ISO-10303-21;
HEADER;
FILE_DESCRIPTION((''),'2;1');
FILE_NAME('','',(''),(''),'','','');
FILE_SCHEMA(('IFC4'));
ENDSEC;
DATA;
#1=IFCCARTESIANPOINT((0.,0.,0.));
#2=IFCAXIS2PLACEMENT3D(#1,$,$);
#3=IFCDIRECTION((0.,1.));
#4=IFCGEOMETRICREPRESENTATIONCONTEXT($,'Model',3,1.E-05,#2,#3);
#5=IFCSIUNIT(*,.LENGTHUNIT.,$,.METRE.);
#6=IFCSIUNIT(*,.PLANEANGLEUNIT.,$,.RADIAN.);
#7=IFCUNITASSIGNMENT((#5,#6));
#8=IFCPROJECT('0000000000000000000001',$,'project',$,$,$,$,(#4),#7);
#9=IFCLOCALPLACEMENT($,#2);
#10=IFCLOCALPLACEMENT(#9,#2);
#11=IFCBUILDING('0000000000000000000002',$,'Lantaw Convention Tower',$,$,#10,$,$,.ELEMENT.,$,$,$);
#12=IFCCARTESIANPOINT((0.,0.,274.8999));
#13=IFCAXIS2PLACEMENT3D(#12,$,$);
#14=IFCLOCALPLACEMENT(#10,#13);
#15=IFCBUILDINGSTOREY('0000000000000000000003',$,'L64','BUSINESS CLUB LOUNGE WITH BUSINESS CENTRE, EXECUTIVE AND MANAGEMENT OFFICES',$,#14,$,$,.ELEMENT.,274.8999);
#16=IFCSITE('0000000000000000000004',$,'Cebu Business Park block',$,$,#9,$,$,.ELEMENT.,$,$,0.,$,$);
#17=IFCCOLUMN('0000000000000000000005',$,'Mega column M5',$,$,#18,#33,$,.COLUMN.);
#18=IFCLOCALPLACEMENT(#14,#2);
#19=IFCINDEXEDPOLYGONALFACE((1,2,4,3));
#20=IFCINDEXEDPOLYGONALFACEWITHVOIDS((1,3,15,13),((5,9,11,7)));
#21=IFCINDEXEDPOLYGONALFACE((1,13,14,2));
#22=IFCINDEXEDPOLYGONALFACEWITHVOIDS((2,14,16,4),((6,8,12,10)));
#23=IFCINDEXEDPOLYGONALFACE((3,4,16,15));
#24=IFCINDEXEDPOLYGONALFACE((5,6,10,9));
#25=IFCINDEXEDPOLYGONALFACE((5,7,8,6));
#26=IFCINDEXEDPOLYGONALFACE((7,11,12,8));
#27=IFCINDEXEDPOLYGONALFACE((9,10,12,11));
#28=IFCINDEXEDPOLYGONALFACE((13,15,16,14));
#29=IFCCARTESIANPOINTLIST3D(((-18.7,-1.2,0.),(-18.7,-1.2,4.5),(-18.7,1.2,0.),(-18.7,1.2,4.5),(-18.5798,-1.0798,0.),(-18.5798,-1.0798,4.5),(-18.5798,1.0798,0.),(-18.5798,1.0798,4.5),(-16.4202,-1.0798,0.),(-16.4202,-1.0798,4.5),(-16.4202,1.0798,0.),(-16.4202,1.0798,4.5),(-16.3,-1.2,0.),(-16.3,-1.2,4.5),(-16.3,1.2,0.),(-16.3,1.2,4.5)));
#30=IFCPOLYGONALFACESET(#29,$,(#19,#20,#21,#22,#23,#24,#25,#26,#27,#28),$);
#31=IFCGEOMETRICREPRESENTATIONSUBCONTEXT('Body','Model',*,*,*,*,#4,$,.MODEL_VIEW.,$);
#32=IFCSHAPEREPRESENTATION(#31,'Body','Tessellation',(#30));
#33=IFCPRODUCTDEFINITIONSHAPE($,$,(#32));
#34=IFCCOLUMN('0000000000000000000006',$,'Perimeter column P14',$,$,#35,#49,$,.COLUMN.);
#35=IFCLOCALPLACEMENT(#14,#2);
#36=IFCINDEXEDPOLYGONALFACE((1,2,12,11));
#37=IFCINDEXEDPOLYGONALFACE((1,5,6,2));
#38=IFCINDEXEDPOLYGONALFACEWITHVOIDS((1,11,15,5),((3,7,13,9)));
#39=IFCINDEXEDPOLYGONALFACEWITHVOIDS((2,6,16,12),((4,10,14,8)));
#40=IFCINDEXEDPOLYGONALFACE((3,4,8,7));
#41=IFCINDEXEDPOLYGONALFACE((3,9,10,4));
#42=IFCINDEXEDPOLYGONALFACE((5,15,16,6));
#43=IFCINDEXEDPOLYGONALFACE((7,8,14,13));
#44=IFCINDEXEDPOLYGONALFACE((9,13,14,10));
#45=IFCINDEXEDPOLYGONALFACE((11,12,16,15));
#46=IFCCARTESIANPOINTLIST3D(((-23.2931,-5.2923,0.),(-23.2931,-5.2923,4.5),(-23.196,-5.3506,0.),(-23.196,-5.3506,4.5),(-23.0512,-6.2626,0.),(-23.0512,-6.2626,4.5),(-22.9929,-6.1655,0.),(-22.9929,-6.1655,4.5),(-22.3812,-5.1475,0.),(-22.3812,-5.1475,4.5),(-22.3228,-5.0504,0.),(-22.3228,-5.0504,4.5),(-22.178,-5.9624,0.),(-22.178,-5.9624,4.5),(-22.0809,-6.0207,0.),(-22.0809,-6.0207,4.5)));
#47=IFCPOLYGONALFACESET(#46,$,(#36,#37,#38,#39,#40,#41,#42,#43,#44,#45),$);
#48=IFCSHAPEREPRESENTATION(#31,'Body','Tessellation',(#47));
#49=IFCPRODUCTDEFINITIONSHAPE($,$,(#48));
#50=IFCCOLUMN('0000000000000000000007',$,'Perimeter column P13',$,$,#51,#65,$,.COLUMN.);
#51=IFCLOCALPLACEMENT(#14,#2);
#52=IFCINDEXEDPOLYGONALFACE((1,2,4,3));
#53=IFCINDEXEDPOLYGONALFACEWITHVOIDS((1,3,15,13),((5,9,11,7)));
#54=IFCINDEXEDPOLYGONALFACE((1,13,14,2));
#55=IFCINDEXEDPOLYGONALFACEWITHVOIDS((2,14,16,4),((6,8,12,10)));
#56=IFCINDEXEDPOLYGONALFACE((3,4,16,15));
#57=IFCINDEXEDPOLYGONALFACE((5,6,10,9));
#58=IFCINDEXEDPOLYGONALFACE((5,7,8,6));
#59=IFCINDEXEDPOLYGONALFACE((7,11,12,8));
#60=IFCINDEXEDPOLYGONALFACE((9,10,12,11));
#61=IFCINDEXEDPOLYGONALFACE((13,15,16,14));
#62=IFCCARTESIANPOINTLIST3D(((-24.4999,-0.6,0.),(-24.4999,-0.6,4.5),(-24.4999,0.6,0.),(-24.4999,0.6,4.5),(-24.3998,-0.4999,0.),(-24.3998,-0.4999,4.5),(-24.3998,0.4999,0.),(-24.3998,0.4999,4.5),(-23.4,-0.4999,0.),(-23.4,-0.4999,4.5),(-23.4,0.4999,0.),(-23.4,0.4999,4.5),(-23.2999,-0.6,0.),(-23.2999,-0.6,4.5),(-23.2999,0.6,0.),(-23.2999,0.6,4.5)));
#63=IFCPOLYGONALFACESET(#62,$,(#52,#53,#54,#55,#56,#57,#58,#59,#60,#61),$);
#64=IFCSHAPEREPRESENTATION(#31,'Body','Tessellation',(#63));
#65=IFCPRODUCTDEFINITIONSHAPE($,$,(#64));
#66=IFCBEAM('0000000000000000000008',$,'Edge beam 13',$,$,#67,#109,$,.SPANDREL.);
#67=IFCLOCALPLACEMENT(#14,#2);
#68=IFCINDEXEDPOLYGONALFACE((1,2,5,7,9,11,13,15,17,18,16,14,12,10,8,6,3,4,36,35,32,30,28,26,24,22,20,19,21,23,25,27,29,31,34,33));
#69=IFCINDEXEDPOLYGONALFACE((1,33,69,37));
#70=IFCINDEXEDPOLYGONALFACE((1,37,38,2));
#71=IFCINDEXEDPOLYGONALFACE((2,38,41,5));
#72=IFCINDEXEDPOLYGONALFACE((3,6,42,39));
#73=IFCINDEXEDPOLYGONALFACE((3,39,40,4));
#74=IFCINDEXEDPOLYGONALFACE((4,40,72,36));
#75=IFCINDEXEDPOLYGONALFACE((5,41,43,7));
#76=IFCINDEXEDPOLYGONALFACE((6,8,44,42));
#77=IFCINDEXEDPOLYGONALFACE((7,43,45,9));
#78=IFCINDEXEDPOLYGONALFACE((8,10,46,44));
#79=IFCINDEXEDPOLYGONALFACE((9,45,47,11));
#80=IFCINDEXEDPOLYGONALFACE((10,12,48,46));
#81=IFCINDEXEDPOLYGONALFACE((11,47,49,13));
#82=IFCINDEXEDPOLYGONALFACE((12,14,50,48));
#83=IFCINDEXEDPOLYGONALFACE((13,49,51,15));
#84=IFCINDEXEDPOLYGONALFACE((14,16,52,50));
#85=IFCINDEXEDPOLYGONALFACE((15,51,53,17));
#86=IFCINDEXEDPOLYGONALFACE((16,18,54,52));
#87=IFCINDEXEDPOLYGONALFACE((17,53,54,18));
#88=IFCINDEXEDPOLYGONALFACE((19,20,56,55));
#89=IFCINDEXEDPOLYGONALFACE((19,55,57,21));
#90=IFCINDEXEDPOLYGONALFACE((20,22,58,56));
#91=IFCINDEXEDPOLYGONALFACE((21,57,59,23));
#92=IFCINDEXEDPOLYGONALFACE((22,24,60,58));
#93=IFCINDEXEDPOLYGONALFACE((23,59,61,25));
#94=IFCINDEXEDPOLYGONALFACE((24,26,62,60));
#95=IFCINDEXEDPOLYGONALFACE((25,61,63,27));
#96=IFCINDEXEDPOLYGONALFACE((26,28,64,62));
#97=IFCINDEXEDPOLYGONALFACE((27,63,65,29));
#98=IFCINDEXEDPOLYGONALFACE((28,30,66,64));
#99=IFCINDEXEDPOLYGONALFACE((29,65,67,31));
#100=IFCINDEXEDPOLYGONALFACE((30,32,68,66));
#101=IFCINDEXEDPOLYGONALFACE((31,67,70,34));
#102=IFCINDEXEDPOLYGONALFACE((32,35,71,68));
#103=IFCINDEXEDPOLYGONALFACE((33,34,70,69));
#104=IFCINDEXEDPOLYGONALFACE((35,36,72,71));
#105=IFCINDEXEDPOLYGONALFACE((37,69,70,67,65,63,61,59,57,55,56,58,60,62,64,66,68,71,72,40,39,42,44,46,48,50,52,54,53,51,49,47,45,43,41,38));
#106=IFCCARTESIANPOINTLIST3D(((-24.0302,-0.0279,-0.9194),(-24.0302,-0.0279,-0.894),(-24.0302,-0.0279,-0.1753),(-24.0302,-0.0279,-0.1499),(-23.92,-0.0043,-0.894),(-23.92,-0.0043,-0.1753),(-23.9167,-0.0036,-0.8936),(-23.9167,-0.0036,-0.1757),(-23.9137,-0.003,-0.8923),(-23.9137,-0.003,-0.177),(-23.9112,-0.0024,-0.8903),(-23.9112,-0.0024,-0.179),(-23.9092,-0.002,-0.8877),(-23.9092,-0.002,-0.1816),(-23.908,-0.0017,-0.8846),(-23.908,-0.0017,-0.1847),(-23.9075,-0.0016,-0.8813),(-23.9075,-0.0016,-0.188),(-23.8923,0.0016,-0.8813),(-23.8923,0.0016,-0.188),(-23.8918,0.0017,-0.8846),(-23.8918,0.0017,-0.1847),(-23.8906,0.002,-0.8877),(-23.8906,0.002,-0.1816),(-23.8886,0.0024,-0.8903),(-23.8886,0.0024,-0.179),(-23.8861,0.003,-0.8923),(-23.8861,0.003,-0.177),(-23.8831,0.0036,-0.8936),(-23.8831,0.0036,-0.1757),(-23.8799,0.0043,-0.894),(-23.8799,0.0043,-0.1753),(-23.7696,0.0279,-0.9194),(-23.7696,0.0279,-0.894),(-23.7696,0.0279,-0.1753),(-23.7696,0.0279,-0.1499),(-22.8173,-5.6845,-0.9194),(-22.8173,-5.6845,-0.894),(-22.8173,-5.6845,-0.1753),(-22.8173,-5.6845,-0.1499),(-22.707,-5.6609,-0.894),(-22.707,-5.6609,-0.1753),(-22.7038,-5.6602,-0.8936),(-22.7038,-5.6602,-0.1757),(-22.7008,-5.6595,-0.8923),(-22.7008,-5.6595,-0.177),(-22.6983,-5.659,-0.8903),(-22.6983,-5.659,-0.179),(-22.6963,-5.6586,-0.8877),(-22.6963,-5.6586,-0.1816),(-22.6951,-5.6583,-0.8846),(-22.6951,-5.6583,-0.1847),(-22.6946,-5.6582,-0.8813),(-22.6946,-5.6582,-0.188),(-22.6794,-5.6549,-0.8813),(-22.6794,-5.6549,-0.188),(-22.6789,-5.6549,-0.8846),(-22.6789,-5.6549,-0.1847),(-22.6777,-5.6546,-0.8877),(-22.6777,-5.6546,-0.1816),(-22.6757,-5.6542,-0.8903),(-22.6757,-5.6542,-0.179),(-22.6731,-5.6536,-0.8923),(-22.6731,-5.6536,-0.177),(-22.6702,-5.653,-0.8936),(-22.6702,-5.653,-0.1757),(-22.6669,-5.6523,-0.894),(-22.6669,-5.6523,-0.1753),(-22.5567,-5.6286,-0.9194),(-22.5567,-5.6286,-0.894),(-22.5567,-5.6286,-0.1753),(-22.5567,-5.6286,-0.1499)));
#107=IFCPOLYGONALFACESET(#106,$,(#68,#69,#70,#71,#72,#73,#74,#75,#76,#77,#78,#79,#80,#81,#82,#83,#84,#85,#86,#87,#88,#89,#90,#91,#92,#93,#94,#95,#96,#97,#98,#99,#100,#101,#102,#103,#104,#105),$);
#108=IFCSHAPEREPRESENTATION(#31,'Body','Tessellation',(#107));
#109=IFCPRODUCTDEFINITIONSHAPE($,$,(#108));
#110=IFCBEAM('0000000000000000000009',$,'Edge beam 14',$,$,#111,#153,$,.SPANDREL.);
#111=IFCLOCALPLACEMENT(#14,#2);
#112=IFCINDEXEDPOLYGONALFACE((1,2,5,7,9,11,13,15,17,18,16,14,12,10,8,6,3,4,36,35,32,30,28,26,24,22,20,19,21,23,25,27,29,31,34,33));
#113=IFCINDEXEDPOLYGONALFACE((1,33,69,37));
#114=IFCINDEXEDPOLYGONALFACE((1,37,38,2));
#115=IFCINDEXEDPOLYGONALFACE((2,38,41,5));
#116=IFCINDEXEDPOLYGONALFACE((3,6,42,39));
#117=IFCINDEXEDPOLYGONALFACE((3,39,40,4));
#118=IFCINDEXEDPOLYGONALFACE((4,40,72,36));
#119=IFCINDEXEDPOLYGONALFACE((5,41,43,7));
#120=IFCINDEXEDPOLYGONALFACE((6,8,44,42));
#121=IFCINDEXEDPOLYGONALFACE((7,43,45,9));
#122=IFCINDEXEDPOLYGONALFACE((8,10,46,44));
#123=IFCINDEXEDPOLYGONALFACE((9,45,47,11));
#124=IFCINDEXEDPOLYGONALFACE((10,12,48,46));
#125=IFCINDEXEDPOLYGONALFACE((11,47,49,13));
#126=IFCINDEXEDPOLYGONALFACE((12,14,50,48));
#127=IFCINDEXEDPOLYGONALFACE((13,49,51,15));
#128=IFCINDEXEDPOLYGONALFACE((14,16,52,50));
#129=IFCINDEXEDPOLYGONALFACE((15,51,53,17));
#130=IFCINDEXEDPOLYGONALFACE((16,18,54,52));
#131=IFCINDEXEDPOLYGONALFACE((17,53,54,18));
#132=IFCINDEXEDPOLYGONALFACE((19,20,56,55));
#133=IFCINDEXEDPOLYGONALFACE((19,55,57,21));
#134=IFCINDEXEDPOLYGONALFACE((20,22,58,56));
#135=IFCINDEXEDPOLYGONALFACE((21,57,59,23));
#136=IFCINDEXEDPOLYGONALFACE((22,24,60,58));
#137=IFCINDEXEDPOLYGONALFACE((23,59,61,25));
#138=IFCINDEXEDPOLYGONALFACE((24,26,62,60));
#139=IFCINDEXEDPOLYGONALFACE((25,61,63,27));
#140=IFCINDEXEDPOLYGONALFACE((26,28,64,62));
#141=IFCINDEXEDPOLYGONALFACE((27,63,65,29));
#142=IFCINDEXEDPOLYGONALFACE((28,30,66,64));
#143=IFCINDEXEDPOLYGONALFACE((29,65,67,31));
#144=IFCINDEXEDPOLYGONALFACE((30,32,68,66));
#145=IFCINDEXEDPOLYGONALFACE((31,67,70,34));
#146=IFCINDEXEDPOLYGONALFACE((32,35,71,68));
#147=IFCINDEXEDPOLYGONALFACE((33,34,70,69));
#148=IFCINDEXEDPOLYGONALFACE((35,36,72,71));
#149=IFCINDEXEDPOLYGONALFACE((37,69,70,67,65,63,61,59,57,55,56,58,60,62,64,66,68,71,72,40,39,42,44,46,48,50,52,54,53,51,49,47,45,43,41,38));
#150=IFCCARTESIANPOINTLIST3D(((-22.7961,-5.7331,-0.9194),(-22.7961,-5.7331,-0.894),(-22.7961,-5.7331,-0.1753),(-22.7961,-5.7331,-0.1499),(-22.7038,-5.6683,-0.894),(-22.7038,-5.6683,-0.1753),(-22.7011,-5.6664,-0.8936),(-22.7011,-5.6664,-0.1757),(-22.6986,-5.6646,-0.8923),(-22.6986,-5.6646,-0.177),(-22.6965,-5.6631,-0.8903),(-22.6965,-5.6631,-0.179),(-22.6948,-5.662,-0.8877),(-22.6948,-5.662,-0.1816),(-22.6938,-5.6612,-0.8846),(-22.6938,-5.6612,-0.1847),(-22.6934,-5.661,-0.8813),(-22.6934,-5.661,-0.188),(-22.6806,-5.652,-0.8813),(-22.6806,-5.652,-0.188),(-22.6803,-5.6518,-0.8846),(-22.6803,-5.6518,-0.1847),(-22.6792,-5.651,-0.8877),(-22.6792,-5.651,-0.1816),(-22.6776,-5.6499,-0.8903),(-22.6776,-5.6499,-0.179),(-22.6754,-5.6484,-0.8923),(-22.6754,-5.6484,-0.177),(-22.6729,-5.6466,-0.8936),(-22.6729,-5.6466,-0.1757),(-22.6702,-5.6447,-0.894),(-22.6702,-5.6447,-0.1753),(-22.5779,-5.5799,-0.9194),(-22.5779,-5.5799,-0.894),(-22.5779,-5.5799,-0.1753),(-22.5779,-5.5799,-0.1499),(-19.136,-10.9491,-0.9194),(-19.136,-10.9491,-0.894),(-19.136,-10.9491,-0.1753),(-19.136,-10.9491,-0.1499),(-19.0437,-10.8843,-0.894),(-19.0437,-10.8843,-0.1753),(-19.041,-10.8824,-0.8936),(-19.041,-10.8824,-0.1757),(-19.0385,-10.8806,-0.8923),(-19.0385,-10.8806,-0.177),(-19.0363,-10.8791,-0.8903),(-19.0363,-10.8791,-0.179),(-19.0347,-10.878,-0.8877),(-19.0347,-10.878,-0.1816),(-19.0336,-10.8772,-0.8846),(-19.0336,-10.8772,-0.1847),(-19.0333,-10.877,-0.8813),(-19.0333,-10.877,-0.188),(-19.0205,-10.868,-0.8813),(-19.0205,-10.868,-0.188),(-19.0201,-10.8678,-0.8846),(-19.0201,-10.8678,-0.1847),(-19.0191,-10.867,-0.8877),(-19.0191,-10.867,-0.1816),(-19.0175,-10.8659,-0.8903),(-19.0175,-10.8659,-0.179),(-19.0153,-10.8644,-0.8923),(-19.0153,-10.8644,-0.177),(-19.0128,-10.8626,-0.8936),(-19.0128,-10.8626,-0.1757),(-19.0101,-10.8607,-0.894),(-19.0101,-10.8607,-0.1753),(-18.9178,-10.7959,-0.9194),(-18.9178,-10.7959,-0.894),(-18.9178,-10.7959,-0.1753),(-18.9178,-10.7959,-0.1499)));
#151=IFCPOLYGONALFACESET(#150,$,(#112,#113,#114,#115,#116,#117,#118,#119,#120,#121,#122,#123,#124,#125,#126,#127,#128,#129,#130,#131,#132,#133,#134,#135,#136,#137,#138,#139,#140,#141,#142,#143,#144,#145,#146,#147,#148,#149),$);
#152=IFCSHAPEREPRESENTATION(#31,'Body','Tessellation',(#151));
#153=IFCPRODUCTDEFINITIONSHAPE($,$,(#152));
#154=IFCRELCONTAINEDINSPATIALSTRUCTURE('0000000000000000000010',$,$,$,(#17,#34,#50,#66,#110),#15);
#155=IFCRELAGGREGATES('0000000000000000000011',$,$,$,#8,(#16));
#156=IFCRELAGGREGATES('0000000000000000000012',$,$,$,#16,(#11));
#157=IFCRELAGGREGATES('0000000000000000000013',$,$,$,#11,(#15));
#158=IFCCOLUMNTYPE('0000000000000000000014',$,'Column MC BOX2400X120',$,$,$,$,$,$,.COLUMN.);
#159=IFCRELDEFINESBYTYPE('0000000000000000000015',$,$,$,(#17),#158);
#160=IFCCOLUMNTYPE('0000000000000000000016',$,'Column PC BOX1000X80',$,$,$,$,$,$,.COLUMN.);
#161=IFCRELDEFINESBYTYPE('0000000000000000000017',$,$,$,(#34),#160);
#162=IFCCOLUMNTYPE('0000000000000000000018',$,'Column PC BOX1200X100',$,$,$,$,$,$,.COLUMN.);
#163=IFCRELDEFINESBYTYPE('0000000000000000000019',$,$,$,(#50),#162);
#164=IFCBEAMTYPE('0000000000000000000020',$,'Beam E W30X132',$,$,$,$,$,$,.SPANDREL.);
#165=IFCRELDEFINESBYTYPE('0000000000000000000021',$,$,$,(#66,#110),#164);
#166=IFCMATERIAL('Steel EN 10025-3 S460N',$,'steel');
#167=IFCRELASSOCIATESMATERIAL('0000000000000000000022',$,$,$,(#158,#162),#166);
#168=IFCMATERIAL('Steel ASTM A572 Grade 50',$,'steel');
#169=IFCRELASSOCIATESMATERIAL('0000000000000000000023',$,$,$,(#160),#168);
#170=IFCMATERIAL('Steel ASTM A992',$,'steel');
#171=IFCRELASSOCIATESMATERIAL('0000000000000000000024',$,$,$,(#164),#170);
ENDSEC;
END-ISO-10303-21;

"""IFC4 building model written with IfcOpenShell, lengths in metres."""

from ifc_helpers import new_model, si_unit, direction, frame, origin, origin_2d, place, context, subcontext, project, spatial, rectangle, hollow_rectangle, i_section, extrude, material, material_profile, profile_set, type_object, element, save


model = new_model("IFC4")

# Units and contexts
model_context = context("Model", 3, precision=1e-05, world=origin(), true_north=direction((0.0, 1.0)))
body_context = subcontext(model_context, "Body", "Model", "MODEL_VIEW")
ifc_project = project(units=[si_unit("LENGTHUNIT", "METRE"), si_unit("PLANEANGLEUNIT", "RADIAN")], contexts=[model_context])

# Site, building, storey
site_placement = place(None, origin())
site = spatial("IfcSite", under=ifc_project, at=site_placement, Name="Cebu Business Park block", CompositionType="ELEMENT", RefElevation=0.0)
building_placement = place(site_placement, origin())
building = spatial("IfcBuilding", under=site, at=building_placement, Name="Lantaw Convention Tower", CompositionType="ELEMENT")
storey_placement = place(building_placement, frame((0.0, 0.0, 274.8999)))
storey = spatial("IfcBuildingStorey", under=building, at=storey_placement, Name="L64", Description="BUSINESS CLUB LOUNGE WITH BUSINESS CENTRE, EXECUTIVE AND MANAGEMENT OFFICES", CompositionType="ELEMENT", Elevation=274.8999)

# Columns
ifc_material_1 = material(Name="Steel EN 10025-3 S460N", Category="steel")
ifc_material_profile_1 = material_profile(ifc_material_1, hollow_rectangle(XDim=2.3999, YDim=2.3999, WallThickness=0.1201, at=origin_2d()), Name="BOX2400X120")
ifc_material_2 = material(Name="Concrete C60/75", Category="concrete")
ifc_material_profile_2 = material_profile(ifc_material_2, rectangle(XDim=2.1599, YDim=2.1599, at=origin_2d()), Name="Concrete fill of BOX2400X120")
ifc_profile_set_1 = profile_set([ifc_material_profile_1, ifc_material_profile_2], Name="Steel EN 10025-3 S460N")
column_type_1 = type_object("IfcColumnType", Name="Column MC BOX2400X120", PredefinedType="COLUMN", material=ifc_profile_set_1)
column_1_placement = place(storey_placement, frame((-17.5, 0.0, 0.0), z_axis=(0.0, 0.0, 1.0), x_axis=(1.0, 0.0, 0.0)))
element("IfcColumn", 1, at=column_1_placement, inside=storey, type_object=column_type_1, Name="Mega column M5", PredefinedType="COLUMN", context=body_context, shape_type="SweptSolid", body=[
    extrude(hollow_rectangle(XDim=2.3999, YDim=2.3999, WallThickness=0.1201, at=origin_2d()), origin(), (0.0, 0.0, 1.0), 4.5),
])
ifc_material_3 = material(Name="Steel ASTM A572 Grade 50", Category="steel")
ifc_material_profile_3 = material_profile(ifc_material_3, hollow_rectangle(XDim=1.0, YDim=1.0, WallThickness=0.0801, at=origin_2d()), Name="BOX1000X80")
ifc_material_profile_4 = material_profile(ifc_material_2, rectangle(XDim=0.8401, YDim=0.8401, at=origin_2d()), Name="Concrete fill of BOX1000X80")
ifc_profile_set_2 = profile_set([ifc_material_profile_3, ifc_material_profile_4], Name="Steel ASTM A572 Grade 50")
column_type_2 = type_object("IfcColumnType", Name="Column PC BOX1000X80", PredefinedType="COLUMN", material=ifc_profile_set_2)
column_2_placement = place(storey_placement, frame((-22.687, -5.6565, 0.0), z_axis=(0.0, 0.0, 1.0), x_axis=(0.970296, 0.241922, 0.0)))
element("IfcColumn", 2, at=column_2_placement, inside=storey, type_object=column_type_2, Name="Perimeter column P14", PredefinedType="COLUMN", context=body_context, shape_type="SweptSolid", body=[
    extrude(hollow_rectangle(XDim=1.0, YDim=1.0, WallThickness=0.0801, at=origin_2d()), origin(), (0.0, 0.0, 1.0), 4.5),
])
ifc_material_profile_5 = material_profile(ifc_material_1, hollow_rectangle(XDim=1.2, YDim=1.2, WallThickness=0.1001, at=origin_2d()), Name="BOX1200X100")
ifc_material_profile_6 = material_profile(ifc_material_2, rectangle(XDim=1.0, YDim=1.0, at=origin_2d()), Name="Concrete fill of BOX1200X100")
ifc_profile_set_3 = profile_set([ifc_material_profile_5, ifc_material_profile_6], Name="Steel EN 10025-3 S460N")
column_type_3 = type_object("IfcColumnType", Name="Column PC BOX1200X100", PredefinedType="COLUMN", material=ifc_profile_set_3)
column_3_placement = place(storey_placement, frame((-23.8999, 0.0, 0.0), z_axis=(0.0, 0.0, 1.0), x_axis=(1.0, 0.0, 0.0)))
element("IfcColumn", 3, at=column_3_placement, inside=storey, type_object=column_type_3, Name="Perimeter column P13", PredefinedType="COLUMN", context=body_context, shape_type="SweptSolid", body=[
    extrude(hollow_rectangle(XDim=1.2, YDim=1.2, WallThickness=0.1001, at=origin_2d()), origin(), (0.0, 0.0, 1.0), 4.5),
])

# Beams
ifc_material_4 = material(Name="Steel ASTM A992", Category="steel")
ifc_material_profile_7 = material_profile(ifc_material_4, i_section(OverallWidth=0.2666, OverallDepth=0.7695, WebThickness=0.0156, FlangeThickness=0.0254, FilletRadius=0.0127, at=origin_2d()), Name="W30X132")
ifc_profile_set_4 = profile_set([ifc_material_profile_7], Name="Steel ASTM A992")
beam_type_1 = type_object("IfcBeamType", Name="Beam E W30X132", PredefinedType="SPANDREL", material=ifc_profile_set_4)
beam_1_placement = place(storey_placement, frame((-23.8999, 0.0, -0.5347), z_axis=(0.209659, -0.977775, 0.0), x_axis=(0.977775, 0.209659, 0.0)))
element("IfcBeam", 4, at=beam_1_placement, inside=storey, type_object=beam_type_1, Name="Edge beam 13", PredefinedType="SPANDREL", context=body_context, shape_type="SweptSolid", body=[
    extrude(i_section(OverallWidth=0.2666, OverallDepth=0.7695, WebThickness=0.0156, FlangeThickness=0.0254, FilletRadius=0.0127, at=origin_2d()), origin(), (0.0, 0.0, 1.0), 5.7852),
])
beam_2_placement = place(storey_placement, frame((-22.687, -5.6565, -0.5347), z_axis=(0.574401, -0.818574, 0.0), x_axis=(0.818574, 0.574401, 0.0)))
element("IfcBeam", 5, at=beam_2_placement, inside=storey, type_object=beam_type_1, Name="Edge beam 14", PredefinedType="SPANDREL", context=body_context, shape_type="SweptSolid", body=[
    extrude(i_section(OverallWidth=0.2666, OverallDepth=0.7695, WebThickness=0.0156, FlangeThickness=0.0254, FilletRadius=0.0127, at=origin_2d()), origin(), (0.0, 0.0, 1.0), 6.3721),
])

save(model, "model.ifc")
